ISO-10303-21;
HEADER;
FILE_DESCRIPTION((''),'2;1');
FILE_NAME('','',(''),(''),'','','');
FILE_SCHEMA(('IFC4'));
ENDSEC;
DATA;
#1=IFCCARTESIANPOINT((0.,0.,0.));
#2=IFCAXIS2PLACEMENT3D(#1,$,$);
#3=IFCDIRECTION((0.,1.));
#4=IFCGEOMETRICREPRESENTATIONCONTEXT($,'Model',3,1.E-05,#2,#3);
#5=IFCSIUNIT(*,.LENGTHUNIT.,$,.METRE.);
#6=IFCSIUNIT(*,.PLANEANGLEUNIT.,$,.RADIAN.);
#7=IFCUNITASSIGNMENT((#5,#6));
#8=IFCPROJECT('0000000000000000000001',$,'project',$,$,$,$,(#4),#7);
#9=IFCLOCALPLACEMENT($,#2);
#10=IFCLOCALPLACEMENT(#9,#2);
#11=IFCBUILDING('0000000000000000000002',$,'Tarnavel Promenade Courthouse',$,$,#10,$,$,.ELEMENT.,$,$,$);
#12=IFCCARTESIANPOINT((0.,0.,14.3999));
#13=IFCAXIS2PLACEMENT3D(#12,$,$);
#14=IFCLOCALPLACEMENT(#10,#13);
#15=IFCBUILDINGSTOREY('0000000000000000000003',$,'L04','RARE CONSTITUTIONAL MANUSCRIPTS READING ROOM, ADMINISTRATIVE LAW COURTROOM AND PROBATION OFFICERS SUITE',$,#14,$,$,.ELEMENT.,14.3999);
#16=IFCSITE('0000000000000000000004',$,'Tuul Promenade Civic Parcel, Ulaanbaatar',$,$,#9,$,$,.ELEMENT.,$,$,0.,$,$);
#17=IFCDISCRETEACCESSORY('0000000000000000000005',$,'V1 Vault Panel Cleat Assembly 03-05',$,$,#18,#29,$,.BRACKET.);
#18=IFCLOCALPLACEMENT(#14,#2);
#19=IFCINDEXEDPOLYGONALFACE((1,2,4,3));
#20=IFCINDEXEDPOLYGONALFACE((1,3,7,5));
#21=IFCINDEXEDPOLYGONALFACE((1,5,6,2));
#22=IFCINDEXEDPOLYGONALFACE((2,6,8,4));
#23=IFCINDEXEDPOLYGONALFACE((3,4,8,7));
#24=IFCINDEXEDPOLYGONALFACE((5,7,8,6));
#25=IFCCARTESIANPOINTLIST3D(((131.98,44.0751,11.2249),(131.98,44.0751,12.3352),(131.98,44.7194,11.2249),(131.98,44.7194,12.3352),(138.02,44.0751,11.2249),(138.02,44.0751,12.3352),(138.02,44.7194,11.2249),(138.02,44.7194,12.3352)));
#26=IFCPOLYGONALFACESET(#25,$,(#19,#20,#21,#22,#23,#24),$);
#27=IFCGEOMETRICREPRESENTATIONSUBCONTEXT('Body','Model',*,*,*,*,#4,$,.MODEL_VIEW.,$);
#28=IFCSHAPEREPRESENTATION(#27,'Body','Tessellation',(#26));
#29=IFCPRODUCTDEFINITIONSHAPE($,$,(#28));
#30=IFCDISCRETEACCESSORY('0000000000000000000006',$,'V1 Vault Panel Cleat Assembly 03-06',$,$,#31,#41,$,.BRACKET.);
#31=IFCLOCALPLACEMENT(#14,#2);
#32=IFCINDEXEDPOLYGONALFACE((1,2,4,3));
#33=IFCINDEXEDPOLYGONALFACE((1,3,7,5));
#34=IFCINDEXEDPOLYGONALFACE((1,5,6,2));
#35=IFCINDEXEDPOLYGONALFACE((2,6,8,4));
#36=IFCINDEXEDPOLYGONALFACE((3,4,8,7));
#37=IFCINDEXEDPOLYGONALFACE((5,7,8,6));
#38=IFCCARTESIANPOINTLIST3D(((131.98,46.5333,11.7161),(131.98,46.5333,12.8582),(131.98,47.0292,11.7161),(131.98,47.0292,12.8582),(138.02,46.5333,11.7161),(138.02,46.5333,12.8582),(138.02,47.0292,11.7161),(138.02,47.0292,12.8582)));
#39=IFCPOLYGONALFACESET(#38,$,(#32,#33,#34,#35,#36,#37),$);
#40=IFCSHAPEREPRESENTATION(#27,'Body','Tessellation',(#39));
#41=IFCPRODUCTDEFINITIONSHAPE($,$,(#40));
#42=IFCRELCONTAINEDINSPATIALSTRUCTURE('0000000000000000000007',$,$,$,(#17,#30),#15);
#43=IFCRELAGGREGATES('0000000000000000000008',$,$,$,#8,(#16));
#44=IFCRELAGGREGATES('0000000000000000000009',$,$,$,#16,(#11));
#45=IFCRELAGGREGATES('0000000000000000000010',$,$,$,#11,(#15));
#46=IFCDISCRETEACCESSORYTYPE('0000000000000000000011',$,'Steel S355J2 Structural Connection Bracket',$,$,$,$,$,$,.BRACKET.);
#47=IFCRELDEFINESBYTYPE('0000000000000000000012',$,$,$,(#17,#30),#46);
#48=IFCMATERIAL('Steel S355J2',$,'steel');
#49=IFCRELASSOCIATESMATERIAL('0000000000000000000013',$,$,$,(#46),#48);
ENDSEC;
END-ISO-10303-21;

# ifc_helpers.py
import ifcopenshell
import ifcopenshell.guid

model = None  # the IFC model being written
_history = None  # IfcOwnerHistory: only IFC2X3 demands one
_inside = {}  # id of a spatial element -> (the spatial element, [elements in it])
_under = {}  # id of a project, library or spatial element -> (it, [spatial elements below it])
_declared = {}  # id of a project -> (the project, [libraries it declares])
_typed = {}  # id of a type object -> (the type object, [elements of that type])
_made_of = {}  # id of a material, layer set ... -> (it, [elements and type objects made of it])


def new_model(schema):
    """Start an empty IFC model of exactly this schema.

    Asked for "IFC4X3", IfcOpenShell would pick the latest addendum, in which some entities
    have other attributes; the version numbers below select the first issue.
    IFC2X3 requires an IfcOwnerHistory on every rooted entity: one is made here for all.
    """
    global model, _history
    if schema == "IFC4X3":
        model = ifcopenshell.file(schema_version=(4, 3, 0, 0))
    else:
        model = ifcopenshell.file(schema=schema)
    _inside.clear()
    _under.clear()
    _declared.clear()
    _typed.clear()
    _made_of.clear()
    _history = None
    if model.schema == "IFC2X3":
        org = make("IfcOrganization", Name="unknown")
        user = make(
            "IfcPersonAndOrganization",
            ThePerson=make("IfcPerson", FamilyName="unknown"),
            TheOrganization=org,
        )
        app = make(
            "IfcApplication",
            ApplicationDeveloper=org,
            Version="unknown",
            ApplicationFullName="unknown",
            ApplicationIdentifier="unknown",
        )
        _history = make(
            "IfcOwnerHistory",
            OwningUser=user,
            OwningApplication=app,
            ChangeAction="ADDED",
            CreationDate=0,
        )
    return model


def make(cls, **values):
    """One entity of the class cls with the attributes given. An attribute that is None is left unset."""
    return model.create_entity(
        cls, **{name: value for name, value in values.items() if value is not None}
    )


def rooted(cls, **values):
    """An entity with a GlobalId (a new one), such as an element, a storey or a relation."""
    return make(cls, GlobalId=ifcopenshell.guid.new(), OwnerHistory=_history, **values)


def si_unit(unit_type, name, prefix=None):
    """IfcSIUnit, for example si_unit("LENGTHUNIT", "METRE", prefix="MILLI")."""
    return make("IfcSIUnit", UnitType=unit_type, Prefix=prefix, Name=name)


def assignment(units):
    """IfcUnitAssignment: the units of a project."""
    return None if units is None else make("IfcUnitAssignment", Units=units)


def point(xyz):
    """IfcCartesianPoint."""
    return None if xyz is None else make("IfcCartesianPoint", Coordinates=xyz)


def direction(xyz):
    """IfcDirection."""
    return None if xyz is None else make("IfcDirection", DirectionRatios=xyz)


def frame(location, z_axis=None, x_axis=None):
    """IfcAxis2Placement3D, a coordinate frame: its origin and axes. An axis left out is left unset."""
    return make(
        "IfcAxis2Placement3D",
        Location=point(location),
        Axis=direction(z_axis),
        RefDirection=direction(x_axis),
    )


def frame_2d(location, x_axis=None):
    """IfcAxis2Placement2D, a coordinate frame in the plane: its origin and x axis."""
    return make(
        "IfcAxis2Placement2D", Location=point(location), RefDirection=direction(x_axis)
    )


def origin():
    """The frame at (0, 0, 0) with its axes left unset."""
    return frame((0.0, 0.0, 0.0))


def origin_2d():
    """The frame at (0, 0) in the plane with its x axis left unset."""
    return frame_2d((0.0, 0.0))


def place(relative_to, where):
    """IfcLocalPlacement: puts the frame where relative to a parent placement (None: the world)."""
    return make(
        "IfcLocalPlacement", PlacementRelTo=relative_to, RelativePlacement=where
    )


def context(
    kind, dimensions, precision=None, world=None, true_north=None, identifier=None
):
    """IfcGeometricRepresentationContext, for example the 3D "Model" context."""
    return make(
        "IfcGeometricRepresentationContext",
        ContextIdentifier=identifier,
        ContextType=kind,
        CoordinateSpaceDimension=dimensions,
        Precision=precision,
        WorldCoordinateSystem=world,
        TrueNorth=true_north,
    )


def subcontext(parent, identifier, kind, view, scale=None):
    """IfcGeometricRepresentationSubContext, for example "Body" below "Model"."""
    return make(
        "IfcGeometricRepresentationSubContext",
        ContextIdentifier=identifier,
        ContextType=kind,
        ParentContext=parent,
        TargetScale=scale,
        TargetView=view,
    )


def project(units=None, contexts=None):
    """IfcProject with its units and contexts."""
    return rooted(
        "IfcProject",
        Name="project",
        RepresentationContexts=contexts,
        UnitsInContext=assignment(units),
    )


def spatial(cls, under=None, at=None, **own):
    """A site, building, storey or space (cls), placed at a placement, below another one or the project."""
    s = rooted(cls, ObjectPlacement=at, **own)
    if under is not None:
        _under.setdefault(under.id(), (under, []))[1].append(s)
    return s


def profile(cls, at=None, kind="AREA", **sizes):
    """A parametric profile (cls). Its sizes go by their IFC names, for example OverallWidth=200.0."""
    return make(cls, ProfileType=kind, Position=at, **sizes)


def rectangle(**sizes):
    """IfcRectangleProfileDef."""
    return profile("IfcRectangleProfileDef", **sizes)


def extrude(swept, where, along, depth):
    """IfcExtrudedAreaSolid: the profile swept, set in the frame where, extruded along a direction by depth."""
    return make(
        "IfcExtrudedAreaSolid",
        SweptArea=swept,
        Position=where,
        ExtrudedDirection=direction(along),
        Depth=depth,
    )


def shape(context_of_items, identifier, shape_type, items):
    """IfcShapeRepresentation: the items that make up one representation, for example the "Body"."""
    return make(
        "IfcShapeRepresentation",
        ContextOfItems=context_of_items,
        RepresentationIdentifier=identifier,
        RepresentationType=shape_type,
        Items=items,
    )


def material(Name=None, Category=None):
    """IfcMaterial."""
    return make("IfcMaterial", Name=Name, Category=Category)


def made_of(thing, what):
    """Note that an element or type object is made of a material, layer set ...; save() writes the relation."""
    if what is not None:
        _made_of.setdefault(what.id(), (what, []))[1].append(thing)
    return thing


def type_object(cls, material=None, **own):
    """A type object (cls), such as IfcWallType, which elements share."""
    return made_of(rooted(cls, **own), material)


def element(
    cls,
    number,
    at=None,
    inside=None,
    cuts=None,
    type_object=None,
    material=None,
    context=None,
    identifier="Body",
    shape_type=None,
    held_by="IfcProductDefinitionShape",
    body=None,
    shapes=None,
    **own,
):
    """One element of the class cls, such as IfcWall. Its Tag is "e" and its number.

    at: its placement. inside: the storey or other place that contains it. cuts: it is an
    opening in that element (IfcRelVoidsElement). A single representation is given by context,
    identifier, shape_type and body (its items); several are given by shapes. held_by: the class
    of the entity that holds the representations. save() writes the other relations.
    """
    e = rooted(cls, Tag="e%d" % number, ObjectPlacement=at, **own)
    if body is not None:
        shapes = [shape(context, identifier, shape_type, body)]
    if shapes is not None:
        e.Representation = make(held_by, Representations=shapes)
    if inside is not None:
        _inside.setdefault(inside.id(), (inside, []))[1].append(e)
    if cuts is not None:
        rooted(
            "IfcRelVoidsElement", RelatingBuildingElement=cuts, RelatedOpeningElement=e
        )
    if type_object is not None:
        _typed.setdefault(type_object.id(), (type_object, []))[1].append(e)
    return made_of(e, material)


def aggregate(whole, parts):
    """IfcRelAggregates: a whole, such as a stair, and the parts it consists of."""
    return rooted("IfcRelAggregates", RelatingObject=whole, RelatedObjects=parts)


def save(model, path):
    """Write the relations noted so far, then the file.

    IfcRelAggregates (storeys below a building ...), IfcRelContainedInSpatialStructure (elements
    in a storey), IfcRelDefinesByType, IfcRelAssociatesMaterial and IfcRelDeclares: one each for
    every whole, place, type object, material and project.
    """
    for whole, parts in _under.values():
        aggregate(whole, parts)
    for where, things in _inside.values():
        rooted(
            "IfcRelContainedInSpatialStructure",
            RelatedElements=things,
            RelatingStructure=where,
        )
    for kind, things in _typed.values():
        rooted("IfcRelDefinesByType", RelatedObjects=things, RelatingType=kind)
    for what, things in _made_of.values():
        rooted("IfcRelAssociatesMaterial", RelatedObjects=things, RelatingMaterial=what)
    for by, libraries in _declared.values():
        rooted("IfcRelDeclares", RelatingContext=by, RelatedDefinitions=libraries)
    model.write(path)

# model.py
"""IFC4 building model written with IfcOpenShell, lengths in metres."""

from ifc_helpers import new_model, si_unit, direction, frame, origin, origin_2d, place, context, subcontext, project, spatial, rectangle, extrude, material, type_object, element, save


model = new_model("IFC4")

# Units and contexts
model_context = context("Model", 3, precision=1e-05, world=origin(), true_north=direction((0.0, 1.0)))
body_context = subcontext(model_context, "Body", "Model", "MODEL_VIEW")
ifc_project = project(units=[si_unit("LENGTHUNIT", "METRE"), si_unit("PLANEANGLEUNIT", "RADIAN")], contexts=[model_context])

# Site, building, storey
site_placement = place(None, origin())
site = spatial("IfcSite", under=ifc_project, at=site_placement, Name="Tuul Promenade Civic Parcel, Ulaanbaatar", CompositionType="ELEMENT", RefElevation=0.0)
building_placement = place(site_placement, origin())
building = spatial("IfcBuilding", under=site, at=building_placement, Name="Tarnavel Promenade Courthouse", CompositionType="ELEMENT")
storey_placement = place(building_placement, frame((0.0, 0.0, 14.3999)))
storey = spatial("IfcBuildingStorey", under=building, at=storey_placement, Name="L04", Description="RARE CONSTITUTIONAL MANUSCRIPTS READING ROOM, ADMINISTRATIVE LAW COURTROOM AND PROBATION OFFICERS SUITE", CompositionType="ELEMENT", Elevation=14.3999)

# Shared definitions
ifc_material_1 = material(Name="Steel S355J2", Category="steel")

# Discrete accessories
discrete_accessory_type = type_object("IfcDiscreteAccessoryType", Name="Steel S355J2 Structural Connection Bracket", PredefinedType="BRACKET", material=ifc_material_1)
discrete_accessory_1_placement = place(storey_placement, frame((135.0, 44.3972, 11.2249), z_axis=(0.0, 0.0, 1.0), x_axis=(1.0, 0.0, 0.0)))
element("IfcDiscreteAccessory", 1, at=discrete_accessory_1_placement, inside=storey, type_object=discrete_accessory_type, Name="V1 Vault Panel Cleat Assembly 03-05", PredefinedType="BRACKET", context=body_context, shape_type="SweptSolid", body=[
    extrude(rectangle(XDim=6.04, YDim=0.6443, at=origin_2d()), origin(), (0.0, 0.0, 1.0), 1.1104),
])
discrete_accessory_2_placement = place(storey_placement, frame((135.0, 46.7812, 11.7161), z_axis=(0.0, 0.0, 1.0), x_axis=(1.0, 0.0, 0.0)))
element("IfcDiscreteAccessory", 2, at=discrete_accessory_2_placement, inside=storey, type_object=discrete_accessory_type, Name="V1 Vault Panel Cleat Assembly 03-06", PredefinedType="BRACKET", context=body_context, shape_type="SweptSolid", body=[
    extrude(rectangle(XDim=6.04, YDim=0.4958, at=origin_2d()), origin(), (0.0, 0.0, 1.0), 1.1421),
])

save(model, "model.ifc")
